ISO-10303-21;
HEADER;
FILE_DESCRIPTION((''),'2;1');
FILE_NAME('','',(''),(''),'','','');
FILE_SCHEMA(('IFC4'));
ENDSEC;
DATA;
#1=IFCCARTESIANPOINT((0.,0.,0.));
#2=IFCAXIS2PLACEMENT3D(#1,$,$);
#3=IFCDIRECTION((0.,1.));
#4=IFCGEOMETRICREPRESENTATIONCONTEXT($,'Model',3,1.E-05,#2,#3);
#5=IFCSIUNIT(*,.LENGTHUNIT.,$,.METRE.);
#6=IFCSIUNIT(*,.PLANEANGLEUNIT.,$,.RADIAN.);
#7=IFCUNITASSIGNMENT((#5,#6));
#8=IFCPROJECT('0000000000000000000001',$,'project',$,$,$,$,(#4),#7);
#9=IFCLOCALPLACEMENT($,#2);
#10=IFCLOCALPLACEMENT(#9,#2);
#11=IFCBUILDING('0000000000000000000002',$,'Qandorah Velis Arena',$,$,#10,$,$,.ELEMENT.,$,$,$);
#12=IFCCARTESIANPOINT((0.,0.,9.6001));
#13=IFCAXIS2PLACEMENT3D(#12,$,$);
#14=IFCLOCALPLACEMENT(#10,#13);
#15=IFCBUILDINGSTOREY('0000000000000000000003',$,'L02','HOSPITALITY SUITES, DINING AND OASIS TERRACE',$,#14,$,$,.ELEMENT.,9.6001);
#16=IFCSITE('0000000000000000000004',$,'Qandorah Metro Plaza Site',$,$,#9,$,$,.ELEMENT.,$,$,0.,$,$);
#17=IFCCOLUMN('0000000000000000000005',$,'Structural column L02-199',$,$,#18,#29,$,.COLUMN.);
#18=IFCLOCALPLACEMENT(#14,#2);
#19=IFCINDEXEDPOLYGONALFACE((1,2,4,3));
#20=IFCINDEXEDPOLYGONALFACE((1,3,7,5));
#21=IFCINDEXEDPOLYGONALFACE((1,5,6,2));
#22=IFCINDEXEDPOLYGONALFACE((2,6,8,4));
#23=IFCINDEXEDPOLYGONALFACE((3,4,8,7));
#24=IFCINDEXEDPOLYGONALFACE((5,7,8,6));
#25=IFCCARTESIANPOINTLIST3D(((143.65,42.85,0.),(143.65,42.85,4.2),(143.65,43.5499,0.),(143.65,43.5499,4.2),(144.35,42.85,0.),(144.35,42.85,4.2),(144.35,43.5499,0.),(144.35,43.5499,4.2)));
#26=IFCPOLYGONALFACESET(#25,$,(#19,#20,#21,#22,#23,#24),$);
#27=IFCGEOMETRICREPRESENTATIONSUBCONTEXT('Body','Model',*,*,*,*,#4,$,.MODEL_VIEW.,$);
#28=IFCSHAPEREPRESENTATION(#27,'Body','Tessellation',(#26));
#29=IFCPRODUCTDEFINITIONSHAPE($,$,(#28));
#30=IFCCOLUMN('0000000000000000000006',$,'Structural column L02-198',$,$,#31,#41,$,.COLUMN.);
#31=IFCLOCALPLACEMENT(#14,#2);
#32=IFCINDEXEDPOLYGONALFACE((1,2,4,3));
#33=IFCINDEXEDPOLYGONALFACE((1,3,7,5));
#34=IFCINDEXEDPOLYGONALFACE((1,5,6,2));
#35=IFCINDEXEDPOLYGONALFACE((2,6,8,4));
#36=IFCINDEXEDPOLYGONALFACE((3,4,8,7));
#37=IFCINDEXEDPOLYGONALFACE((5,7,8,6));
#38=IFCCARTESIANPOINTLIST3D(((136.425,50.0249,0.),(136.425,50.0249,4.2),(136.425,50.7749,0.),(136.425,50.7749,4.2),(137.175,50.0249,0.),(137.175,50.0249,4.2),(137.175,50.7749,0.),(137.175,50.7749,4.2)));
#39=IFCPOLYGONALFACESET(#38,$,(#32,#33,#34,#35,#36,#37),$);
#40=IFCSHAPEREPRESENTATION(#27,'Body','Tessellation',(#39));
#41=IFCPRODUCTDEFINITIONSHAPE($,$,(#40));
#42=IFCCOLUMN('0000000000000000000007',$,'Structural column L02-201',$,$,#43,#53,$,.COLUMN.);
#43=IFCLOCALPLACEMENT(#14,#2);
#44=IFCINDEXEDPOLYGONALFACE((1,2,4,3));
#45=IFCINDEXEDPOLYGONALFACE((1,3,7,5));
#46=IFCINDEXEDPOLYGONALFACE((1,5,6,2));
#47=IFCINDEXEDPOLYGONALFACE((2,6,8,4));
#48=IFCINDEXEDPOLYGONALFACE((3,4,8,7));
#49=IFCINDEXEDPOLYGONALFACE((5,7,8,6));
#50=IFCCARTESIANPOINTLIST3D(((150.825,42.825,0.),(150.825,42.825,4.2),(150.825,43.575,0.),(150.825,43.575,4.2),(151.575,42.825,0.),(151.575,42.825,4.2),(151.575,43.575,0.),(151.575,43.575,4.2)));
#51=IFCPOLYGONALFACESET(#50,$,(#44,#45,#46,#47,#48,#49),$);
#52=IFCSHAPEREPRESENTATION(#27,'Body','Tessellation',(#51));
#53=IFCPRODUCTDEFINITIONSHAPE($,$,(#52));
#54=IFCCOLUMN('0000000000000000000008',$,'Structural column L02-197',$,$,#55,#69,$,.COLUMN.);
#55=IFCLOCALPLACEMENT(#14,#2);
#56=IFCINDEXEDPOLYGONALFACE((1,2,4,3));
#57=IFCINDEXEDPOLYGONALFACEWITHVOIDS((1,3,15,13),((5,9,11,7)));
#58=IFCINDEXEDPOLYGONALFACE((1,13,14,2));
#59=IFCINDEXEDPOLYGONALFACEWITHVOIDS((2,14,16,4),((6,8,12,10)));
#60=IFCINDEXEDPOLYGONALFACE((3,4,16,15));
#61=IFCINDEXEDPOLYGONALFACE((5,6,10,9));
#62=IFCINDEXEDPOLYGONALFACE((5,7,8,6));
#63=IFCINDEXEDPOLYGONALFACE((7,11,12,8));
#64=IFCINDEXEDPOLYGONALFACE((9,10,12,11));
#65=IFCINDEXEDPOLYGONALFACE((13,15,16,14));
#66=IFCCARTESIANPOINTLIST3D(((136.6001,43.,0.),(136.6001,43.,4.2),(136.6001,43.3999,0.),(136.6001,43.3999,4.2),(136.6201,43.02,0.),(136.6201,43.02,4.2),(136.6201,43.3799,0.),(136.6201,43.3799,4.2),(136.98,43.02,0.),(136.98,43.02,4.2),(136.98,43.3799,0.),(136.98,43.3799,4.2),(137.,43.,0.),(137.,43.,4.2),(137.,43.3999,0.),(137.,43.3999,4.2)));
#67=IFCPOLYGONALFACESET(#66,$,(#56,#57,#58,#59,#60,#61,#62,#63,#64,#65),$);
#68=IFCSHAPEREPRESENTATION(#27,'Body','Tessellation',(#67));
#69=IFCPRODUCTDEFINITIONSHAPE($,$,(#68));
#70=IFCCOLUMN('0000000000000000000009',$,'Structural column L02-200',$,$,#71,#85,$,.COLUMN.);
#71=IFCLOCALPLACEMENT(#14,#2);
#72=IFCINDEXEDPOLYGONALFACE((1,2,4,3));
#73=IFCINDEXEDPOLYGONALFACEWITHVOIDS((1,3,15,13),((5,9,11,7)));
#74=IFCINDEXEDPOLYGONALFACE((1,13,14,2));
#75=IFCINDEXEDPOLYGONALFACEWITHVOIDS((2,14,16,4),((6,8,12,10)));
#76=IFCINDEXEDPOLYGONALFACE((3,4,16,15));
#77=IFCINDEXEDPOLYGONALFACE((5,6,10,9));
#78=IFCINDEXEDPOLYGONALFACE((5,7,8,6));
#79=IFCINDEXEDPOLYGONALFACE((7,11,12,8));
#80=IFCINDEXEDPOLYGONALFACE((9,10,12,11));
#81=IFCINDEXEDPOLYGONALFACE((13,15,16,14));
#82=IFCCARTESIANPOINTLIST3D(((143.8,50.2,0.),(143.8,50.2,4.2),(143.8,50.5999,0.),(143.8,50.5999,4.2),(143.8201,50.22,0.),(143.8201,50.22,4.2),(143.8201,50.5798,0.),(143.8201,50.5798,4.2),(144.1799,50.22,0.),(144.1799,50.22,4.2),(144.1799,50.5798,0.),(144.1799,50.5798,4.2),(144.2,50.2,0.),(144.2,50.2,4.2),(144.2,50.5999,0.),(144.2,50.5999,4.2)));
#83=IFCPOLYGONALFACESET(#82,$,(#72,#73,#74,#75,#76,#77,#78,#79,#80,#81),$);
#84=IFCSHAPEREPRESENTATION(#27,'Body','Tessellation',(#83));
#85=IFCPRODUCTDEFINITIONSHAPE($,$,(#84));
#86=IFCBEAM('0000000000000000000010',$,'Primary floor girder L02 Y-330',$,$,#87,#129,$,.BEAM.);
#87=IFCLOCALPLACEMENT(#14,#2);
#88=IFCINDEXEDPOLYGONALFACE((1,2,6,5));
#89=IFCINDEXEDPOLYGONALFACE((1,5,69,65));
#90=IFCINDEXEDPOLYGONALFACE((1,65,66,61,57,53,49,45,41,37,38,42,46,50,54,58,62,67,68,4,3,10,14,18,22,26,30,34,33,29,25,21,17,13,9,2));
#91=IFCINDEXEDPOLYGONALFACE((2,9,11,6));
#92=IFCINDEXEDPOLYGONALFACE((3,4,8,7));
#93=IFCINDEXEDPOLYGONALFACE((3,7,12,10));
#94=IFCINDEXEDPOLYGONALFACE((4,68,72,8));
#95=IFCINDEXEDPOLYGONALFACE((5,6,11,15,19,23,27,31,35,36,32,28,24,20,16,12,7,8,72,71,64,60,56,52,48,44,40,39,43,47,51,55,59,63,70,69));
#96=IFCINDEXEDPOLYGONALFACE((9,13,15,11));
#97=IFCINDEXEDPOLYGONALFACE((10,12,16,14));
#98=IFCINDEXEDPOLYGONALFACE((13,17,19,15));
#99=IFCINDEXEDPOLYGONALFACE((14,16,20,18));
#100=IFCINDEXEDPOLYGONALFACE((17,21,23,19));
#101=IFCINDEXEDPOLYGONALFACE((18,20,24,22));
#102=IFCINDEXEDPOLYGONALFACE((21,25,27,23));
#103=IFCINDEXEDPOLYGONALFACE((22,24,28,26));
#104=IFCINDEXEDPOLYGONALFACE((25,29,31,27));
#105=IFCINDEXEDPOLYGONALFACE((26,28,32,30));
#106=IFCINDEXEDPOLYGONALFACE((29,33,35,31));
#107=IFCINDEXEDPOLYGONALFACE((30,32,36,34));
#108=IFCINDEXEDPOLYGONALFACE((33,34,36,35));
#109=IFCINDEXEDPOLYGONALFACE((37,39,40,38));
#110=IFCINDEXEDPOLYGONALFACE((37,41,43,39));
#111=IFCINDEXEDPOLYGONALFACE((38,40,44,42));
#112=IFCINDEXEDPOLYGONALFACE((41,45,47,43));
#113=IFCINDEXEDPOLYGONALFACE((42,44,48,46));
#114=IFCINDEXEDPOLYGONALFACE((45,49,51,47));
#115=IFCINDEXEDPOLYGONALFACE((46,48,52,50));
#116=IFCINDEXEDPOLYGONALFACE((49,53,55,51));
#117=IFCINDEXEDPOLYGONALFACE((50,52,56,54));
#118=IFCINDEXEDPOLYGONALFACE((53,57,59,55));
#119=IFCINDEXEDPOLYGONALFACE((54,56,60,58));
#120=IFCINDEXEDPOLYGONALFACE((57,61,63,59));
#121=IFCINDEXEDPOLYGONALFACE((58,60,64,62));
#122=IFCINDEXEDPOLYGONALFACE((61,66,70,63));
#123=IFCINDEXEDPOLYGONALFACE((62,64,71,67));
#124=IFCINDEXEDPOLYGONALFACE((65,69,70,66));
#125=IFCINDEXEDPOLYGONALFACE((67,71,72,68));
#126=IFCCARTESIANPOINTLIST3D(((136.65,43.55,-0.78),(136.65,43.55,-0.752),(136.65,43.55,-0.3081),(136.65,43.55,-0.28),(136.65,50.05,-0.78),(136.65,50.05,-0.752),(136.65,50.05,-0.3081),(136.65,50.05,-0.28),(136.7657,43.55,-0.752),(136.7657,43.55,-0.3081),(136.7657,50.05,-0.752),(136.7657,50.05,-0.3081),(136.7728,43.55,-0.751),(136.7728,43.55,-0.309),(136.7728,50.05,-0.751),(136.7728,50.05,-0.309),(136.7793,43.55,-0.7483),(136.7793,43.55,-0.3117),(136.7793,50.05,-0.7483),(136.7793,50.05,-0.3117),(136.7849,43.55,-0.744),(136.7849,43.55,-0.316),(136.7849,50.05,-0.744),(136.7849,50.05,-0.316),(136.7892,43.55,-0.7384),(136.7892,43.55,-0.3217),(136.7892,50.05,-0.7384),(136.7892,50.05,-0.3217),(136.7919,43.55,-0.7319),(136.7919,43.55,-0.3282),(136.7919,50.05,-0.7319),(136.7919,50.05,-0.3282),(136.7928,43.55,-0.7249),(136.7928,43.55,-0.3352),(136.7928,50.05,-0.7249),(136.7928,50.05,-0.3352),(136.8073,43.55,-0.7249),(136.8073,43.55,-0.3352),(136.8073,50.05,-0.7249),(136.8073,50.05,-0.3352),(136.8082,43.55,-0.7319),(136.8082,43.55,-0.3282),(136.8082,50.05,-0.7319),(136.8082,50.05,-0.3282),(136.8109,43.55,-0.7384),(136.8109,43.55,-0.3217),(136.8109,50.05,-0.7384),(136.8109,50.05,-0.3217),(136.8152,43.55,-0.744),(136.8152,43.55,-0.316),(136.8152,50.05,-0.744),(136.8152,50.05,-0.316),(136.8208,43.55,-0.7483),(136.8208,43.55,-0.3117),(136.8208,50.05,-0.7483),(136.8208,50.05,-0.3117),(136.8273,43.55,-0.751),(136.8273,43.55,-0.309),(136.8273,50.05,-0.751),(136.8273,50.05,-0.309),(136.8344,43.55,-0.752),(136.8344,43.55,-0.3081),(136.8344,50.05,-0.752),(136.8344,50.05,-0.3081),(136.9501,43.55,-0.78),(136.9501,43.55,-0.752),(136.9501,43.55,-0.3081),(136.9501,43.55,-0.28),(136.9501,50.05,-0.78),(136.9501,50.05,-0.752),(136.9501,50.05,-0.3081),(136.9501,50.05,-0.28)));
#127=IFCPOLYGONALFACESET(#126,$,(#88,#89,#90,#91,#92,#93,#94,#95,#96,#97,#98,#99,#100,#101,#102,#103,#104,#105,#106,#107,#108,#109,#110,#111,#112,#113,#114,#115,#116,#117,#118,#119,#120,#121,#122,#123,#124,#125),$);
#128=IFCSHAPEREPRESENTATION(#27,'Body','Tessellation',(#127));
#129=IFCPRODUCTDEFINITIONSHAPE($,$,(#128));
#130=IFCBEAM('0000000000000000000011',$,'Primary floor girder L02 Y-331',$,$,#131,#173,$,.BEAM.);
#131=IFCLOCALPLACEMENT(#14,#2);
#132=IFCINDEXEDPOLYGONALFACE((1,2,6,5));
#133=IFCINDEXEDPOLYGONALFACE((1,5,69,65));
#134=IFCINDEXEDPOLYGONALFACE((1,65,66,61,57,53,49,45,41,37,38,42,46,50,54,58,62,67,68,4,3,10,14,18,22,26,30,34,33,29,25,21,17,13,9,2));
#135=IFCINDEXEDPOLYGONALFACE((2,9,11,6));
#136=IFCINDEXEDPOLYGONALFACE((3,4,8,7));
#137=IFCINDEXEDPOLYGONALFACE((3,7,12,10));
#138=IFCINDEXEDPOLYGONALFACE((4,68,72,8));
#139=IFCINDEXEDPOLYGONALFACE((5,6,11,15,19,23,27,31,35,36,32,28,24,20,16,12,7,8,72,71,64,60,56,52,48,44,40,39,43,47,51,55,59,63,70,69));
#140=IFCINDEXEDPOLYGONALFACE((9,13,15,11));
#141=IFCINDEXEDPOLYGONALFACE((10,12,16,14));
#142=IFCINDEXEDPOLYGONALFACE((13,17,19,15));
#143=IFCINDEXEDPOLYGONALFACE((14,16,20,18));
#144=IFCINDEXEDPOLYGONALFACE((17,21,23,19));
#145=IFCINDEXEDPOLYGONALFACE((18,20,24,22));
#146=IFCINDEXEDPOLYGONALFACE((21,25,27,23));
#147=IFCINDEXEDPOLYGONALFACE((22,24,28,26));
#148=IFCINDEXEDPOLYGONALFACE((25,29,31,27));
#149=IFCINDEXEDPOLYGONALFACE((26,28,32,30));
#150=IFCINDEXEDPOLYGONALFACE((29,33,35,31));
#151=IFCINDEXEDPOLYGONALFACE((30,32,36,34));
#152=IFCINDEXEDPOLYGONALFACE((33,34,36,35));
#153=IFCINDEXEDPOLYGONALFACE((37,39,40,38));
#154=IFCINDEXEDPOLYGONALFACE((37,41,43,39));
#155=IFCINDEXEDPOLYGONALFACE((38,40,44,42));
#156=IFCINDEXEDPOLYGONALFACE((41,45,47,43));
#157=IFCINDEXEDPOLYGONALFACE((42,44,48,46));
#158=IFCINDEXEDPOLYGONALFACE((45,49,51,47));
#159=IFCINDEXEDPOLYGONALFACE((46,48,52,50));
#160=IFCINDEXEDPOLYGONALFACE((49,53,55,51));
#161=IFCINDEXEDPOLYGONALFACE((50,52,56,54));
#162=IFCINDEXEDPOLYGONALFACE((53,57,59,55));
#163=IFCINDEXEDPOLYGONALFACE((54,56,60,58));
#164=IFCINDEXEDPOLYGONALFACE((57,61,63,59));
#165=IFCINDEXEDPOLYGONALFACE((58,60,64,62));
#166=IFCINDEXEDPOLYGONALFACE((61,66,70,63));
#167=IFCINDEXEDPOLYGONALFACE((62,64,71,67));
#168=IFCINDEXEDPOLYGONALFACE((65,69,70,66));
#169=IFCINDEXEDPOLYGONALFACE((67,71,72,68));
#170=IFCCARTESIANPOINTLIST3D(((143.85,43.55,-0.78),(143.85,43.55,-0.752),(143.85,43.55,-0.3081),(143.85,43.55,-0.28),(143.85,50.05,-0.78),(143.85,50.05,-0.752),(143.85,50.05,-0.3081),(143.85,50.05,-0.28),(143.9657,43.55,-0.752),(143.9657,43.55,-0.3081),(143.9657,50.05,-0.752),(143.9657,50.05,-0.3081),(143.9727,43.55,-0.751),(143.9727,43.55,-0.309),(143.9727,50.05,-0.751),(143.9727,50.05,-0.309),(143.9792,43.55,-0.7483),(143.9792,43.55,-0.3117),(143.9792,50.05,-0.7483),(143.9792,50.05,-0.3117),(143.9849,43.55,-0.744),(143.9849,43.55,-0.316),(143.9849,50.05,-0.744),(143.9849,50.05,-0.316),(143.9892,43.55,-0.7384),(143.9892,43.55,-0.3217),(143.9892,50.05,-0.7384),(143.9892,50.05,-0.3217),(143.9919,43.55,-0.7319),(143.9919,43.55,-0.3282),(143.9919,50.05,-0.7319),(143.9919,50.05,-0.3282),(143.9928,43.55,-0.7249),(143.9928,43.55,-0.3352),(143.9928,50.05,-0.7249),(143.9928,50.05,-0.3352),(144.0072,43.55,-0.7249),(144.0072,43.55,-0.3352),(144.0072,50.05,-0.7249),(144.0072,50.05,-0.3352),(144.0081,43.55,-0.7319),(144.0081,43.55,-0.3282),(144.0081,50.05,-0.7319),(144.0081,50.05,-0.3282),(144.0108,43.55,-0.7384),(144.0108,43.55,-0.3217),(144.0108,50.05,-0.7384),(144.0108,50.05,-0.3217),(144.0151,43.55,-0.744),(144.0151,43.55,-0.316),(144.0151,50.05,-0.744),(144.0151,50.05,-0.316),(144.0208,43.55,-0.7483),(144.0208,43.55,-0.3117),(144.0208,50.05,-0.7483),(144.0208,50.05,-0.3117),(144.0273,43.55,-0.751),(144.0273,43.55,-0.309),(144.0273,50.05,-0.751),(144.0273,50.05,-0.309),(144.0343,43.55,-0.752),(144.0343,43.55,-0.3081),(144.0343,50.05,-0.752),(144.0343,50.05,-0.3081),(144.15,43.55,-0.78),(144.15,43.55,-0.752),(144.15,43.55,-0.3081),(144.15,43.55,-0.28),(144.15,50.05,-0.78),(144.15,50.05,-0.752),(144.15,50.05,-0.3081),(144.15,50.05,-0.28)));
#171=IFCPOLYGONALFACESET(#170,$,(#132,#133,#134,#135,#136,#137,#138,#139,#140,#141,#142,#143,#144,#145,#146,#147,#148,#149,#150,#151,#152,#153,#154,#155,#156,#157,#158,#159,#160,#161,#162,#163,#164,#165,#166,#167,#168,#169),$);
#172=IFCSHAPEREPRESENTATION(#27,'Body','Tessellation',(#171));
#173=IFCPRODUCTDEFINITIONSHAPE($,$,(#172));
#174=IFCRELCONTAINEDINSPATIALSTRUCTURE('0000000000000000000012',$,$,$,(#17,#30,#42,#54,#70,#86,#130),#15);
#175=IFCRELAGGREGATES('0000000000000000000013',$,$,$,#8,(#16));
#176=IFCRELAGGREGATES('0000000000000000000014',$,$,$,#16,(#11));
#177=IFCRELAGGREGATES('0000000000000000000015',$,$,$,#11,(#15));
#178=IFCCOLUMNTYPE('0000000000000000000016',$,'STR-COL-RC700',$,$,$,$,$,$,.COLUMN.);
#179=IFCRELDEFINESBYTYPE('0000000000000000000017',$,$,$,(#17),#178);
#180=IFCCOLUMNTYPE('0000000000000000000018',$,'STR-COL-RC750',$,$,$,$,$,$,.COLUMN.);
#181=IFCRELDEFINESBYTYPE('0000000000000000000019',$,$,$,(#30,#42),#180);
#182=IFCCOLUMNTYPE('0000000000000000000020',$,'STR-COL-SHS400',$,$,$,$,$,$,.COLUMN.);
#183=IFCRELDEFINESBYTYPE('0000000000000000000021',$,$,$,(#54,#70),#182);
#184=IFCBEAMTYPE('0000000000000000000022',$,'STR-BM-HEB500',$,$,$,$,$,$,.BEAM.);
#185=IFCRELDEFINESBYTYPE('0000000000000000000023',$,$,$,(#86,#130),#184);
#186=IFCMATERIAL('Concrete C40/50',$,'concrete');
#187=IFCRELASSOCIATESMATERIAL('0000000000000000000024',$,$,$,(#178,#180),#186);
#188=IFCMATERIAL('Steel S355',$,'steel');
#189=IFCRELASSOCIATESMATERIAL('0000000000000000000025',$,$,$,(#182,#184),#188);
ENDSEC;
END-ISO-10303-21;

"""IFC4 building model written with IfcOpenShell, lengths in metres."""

from ifc_helpers import new_model, si_unit, direction, frame, origin, origin_2d, place, context, subcontext, project, spatial, rectangle, hollow_rectangle, i_section, extrude, material, material_profile, profile_set, type_object, element, save


model = new_model("IFC4")

# Units and contexts
model_context = context("Model", 3, precision=1e-05, world=origin(), true_north=direction((0.0, 1.0)))
body_context = subcontext(model_context, "Body", "Model", "MODEL_VIEW")
ifc_project = project(units=[si_unit("LENGTHUNIT", "METRE"), si_unit("PLANEANGLEUNIT", "RADIAN")], contexts=[model_context])

# Site, building, storey
site_placement = place(None, origin())
site = spatial("IfcSite", under=ifc_project, at=site_placement, Name="Qandorah Metro Plaza Site", CompositionType="ELEMENT", RefElevation=0.0)
building_placement = place(site_placement, origin())
building = spatial("IfcBuilding", under=site, at=building_placement, Name="Qandorah Velis Arena", CompositionType="ELEMENT")
storey_placement = place(building_placement, frame((0.0, 0.0, 9.6001)))
storey = spatial("IfcBuildingStorey", under=building, at=storey_placement, Name="L02", Description="HOSPITALITY SUITES, DINING AND OASIS TERRACE", CompositionType="ELEMENT", Elevation=9.6001)

# Columns
ifc_material_1 = material(Name="Concrete C40/50", Category="concrete")
ifc_material_profile_1 = material_profile(ifc_material_1, rectangle(XDim=0.7, YDim=0.7, at=origin_2d()), Name="RC COL 700x700")
ifc_profile_set_1 = profile_set([ifc_material_profile_1], Name="Concrete C40/50")
column_type_1 = type_object("IfcColumnType", Name="STR-COL-RC700", PredefinedType="COLUMN", material=ifc_profile_set_1)
column_placement = place(storey_placement, frame((144.0, 43.2, 0.0), z_axis=(0.0, 0.0, 1.0), x_axis=(1.0, 0.0, 0.0)))
element("IfcColumn", 1, at=column_placement, inside=storey, type_object=column_type_1, Name="Structural column L02-199", PredefinedType="COLUMN", context=body_context, shape_type="SweptSolid", body=[
    extrude(rectangle(XDim=0.7, YDim=0.7, at=origin_2d()), origin(), (0.0, 0.0, 1.0), 4.2),
])
ifc_material_profile_2 = material_profile(ifc_material_1, rectangle(XDim=0.75, YDim=0.75, at=origin_2d()), Name="RC COL 750x750")
ifc_profile_set_2 = profile_set([ifc_material_profile_2], Name="Concrete C40/50")
column_type_2 = type_object("IfcColumnType", Name="STR-COL-RC750", PredefinedType="COLUMN", material=ifc_profile_set_2)
for number, where, z_axis, x_axis, name in (
    (2, (136.8, 50.3999, 0.0), (0.0, 0.0, 1.0), (1.0, 0.0, 0.0), "Structural column L02-198"),
    (3, (151.2, 43.2, 0.0), (0.0, 0.0, 1.0), (1.0, 0.0, 0.0), "Structural column L02-201"),
):
    element("IfcColumn", number, at=place(storey_placement, frame(where, z_axis=z_axis, x_axis=x_axis)), inside=storey, type_object=column_type_2, Name=name, PredefinedType="COLUMN", context=body_context, shape_type="SweptSolid", body=[
        extrude(rectangle(XDim=0.75, YDim=0.75, at=origin_2d()), origin(), (0.0, 0.0, 1.0), 4.2),
    ])
ifc_material_2 = material(Name="Steel S355", Category="steel")
ifc_material_profile_3 = material_profile(ifc_material_2, hollow_rectangle(XDim=0.3999, YDim=0.3999, WallThickness=0.02, at=origin_2d()), Name="SHS 400x400x20")
ifc_profile_set_3 = profile_set([ifc_material_profile_3], Name="Steel S355")
column_type_3 = type_object("IfcColumnType", Name="STR-COL-SHS400", PredefinedType="COLUMN", material=ifc_profile_set_3)
for number, where, z_axis, x_axis, name in (
    (4, (136.8, 43.2, 0.0), (0.0, 0.0, 1.0), (1.0, 0.0, 0.0), "Structural column L02-197"),
    (5, (144.0, 50.3999, 0.0), (0.0, 0.0, 1.0), (1.0, 0.0, 0.0), "Structural column L02-200"),
):
    element("IfcColumn", number, at=place(storey_placement, frame(where, z_axis=z_axis, x_axis=x_axis)), inside=storey, type_object=column_type_3, Name=name, PredefinedType="COLUMN", context=body_context, shape_type="SweptSolid", body=[
        extrude(hollow_rectangle(XDim=0.3999, YDim=0.3999, WallThickness=0.02, at=origin_2d()), origin(), (0.0, 0.0, 1.0), 4.2),
    ])

# Beams
ifc_material_profile_4 = material_profile(ifc_material_2, i_section(OverallWidth=0.3, OverallDepth=0.5, WebThickness=0.0144, FlangeThickness=0.0281, FilletRadius=0.0271, at=origin_2d()), Name="HEB 500")
ifc_profile_set_4 = profile_set([ifc_material_profile_4], Name="Steel S355")
beam_type_1 = type_object("IfcBeamType", Name="STR-BM-HEB500", PredefinedType="BEAM", material=ifc_profile_set_4)
for number, where, z_axis, x_axis, name in (
    (6, (136.8, 43.55, -0.53), (0.0, 1.0, 0.0), (-1.0, 0.0, 0.0), "Primary floor girder L02 Y-330"),
    (7, (144.0, 43.55, -0.53), (0.0, 1.0, 0.0), (-1.0, 0.0, 0.0), "Primary floor girder L02 Y-331"),
):
    element("IfcBeam", number, at=place(storey_placement, frame(where, z_axis=z_axis, x_axis=x_axis)), inside=storey, type_object=beam_type_1, Name=name, PredefinedType="BEAM", context=body_context, shape_type="SweptSolid", body=[
        extrude(i_section(OverallWidth=0.3, OverallDepth=0.5, WebThickness=0.0144, FlangeThickness=0.0281, FilletRadius=0.0271, at=origin_2d()), origin(), (0.0, 0.0, 1.0), 6.5),
    ])

save(model, "model.ifc")
